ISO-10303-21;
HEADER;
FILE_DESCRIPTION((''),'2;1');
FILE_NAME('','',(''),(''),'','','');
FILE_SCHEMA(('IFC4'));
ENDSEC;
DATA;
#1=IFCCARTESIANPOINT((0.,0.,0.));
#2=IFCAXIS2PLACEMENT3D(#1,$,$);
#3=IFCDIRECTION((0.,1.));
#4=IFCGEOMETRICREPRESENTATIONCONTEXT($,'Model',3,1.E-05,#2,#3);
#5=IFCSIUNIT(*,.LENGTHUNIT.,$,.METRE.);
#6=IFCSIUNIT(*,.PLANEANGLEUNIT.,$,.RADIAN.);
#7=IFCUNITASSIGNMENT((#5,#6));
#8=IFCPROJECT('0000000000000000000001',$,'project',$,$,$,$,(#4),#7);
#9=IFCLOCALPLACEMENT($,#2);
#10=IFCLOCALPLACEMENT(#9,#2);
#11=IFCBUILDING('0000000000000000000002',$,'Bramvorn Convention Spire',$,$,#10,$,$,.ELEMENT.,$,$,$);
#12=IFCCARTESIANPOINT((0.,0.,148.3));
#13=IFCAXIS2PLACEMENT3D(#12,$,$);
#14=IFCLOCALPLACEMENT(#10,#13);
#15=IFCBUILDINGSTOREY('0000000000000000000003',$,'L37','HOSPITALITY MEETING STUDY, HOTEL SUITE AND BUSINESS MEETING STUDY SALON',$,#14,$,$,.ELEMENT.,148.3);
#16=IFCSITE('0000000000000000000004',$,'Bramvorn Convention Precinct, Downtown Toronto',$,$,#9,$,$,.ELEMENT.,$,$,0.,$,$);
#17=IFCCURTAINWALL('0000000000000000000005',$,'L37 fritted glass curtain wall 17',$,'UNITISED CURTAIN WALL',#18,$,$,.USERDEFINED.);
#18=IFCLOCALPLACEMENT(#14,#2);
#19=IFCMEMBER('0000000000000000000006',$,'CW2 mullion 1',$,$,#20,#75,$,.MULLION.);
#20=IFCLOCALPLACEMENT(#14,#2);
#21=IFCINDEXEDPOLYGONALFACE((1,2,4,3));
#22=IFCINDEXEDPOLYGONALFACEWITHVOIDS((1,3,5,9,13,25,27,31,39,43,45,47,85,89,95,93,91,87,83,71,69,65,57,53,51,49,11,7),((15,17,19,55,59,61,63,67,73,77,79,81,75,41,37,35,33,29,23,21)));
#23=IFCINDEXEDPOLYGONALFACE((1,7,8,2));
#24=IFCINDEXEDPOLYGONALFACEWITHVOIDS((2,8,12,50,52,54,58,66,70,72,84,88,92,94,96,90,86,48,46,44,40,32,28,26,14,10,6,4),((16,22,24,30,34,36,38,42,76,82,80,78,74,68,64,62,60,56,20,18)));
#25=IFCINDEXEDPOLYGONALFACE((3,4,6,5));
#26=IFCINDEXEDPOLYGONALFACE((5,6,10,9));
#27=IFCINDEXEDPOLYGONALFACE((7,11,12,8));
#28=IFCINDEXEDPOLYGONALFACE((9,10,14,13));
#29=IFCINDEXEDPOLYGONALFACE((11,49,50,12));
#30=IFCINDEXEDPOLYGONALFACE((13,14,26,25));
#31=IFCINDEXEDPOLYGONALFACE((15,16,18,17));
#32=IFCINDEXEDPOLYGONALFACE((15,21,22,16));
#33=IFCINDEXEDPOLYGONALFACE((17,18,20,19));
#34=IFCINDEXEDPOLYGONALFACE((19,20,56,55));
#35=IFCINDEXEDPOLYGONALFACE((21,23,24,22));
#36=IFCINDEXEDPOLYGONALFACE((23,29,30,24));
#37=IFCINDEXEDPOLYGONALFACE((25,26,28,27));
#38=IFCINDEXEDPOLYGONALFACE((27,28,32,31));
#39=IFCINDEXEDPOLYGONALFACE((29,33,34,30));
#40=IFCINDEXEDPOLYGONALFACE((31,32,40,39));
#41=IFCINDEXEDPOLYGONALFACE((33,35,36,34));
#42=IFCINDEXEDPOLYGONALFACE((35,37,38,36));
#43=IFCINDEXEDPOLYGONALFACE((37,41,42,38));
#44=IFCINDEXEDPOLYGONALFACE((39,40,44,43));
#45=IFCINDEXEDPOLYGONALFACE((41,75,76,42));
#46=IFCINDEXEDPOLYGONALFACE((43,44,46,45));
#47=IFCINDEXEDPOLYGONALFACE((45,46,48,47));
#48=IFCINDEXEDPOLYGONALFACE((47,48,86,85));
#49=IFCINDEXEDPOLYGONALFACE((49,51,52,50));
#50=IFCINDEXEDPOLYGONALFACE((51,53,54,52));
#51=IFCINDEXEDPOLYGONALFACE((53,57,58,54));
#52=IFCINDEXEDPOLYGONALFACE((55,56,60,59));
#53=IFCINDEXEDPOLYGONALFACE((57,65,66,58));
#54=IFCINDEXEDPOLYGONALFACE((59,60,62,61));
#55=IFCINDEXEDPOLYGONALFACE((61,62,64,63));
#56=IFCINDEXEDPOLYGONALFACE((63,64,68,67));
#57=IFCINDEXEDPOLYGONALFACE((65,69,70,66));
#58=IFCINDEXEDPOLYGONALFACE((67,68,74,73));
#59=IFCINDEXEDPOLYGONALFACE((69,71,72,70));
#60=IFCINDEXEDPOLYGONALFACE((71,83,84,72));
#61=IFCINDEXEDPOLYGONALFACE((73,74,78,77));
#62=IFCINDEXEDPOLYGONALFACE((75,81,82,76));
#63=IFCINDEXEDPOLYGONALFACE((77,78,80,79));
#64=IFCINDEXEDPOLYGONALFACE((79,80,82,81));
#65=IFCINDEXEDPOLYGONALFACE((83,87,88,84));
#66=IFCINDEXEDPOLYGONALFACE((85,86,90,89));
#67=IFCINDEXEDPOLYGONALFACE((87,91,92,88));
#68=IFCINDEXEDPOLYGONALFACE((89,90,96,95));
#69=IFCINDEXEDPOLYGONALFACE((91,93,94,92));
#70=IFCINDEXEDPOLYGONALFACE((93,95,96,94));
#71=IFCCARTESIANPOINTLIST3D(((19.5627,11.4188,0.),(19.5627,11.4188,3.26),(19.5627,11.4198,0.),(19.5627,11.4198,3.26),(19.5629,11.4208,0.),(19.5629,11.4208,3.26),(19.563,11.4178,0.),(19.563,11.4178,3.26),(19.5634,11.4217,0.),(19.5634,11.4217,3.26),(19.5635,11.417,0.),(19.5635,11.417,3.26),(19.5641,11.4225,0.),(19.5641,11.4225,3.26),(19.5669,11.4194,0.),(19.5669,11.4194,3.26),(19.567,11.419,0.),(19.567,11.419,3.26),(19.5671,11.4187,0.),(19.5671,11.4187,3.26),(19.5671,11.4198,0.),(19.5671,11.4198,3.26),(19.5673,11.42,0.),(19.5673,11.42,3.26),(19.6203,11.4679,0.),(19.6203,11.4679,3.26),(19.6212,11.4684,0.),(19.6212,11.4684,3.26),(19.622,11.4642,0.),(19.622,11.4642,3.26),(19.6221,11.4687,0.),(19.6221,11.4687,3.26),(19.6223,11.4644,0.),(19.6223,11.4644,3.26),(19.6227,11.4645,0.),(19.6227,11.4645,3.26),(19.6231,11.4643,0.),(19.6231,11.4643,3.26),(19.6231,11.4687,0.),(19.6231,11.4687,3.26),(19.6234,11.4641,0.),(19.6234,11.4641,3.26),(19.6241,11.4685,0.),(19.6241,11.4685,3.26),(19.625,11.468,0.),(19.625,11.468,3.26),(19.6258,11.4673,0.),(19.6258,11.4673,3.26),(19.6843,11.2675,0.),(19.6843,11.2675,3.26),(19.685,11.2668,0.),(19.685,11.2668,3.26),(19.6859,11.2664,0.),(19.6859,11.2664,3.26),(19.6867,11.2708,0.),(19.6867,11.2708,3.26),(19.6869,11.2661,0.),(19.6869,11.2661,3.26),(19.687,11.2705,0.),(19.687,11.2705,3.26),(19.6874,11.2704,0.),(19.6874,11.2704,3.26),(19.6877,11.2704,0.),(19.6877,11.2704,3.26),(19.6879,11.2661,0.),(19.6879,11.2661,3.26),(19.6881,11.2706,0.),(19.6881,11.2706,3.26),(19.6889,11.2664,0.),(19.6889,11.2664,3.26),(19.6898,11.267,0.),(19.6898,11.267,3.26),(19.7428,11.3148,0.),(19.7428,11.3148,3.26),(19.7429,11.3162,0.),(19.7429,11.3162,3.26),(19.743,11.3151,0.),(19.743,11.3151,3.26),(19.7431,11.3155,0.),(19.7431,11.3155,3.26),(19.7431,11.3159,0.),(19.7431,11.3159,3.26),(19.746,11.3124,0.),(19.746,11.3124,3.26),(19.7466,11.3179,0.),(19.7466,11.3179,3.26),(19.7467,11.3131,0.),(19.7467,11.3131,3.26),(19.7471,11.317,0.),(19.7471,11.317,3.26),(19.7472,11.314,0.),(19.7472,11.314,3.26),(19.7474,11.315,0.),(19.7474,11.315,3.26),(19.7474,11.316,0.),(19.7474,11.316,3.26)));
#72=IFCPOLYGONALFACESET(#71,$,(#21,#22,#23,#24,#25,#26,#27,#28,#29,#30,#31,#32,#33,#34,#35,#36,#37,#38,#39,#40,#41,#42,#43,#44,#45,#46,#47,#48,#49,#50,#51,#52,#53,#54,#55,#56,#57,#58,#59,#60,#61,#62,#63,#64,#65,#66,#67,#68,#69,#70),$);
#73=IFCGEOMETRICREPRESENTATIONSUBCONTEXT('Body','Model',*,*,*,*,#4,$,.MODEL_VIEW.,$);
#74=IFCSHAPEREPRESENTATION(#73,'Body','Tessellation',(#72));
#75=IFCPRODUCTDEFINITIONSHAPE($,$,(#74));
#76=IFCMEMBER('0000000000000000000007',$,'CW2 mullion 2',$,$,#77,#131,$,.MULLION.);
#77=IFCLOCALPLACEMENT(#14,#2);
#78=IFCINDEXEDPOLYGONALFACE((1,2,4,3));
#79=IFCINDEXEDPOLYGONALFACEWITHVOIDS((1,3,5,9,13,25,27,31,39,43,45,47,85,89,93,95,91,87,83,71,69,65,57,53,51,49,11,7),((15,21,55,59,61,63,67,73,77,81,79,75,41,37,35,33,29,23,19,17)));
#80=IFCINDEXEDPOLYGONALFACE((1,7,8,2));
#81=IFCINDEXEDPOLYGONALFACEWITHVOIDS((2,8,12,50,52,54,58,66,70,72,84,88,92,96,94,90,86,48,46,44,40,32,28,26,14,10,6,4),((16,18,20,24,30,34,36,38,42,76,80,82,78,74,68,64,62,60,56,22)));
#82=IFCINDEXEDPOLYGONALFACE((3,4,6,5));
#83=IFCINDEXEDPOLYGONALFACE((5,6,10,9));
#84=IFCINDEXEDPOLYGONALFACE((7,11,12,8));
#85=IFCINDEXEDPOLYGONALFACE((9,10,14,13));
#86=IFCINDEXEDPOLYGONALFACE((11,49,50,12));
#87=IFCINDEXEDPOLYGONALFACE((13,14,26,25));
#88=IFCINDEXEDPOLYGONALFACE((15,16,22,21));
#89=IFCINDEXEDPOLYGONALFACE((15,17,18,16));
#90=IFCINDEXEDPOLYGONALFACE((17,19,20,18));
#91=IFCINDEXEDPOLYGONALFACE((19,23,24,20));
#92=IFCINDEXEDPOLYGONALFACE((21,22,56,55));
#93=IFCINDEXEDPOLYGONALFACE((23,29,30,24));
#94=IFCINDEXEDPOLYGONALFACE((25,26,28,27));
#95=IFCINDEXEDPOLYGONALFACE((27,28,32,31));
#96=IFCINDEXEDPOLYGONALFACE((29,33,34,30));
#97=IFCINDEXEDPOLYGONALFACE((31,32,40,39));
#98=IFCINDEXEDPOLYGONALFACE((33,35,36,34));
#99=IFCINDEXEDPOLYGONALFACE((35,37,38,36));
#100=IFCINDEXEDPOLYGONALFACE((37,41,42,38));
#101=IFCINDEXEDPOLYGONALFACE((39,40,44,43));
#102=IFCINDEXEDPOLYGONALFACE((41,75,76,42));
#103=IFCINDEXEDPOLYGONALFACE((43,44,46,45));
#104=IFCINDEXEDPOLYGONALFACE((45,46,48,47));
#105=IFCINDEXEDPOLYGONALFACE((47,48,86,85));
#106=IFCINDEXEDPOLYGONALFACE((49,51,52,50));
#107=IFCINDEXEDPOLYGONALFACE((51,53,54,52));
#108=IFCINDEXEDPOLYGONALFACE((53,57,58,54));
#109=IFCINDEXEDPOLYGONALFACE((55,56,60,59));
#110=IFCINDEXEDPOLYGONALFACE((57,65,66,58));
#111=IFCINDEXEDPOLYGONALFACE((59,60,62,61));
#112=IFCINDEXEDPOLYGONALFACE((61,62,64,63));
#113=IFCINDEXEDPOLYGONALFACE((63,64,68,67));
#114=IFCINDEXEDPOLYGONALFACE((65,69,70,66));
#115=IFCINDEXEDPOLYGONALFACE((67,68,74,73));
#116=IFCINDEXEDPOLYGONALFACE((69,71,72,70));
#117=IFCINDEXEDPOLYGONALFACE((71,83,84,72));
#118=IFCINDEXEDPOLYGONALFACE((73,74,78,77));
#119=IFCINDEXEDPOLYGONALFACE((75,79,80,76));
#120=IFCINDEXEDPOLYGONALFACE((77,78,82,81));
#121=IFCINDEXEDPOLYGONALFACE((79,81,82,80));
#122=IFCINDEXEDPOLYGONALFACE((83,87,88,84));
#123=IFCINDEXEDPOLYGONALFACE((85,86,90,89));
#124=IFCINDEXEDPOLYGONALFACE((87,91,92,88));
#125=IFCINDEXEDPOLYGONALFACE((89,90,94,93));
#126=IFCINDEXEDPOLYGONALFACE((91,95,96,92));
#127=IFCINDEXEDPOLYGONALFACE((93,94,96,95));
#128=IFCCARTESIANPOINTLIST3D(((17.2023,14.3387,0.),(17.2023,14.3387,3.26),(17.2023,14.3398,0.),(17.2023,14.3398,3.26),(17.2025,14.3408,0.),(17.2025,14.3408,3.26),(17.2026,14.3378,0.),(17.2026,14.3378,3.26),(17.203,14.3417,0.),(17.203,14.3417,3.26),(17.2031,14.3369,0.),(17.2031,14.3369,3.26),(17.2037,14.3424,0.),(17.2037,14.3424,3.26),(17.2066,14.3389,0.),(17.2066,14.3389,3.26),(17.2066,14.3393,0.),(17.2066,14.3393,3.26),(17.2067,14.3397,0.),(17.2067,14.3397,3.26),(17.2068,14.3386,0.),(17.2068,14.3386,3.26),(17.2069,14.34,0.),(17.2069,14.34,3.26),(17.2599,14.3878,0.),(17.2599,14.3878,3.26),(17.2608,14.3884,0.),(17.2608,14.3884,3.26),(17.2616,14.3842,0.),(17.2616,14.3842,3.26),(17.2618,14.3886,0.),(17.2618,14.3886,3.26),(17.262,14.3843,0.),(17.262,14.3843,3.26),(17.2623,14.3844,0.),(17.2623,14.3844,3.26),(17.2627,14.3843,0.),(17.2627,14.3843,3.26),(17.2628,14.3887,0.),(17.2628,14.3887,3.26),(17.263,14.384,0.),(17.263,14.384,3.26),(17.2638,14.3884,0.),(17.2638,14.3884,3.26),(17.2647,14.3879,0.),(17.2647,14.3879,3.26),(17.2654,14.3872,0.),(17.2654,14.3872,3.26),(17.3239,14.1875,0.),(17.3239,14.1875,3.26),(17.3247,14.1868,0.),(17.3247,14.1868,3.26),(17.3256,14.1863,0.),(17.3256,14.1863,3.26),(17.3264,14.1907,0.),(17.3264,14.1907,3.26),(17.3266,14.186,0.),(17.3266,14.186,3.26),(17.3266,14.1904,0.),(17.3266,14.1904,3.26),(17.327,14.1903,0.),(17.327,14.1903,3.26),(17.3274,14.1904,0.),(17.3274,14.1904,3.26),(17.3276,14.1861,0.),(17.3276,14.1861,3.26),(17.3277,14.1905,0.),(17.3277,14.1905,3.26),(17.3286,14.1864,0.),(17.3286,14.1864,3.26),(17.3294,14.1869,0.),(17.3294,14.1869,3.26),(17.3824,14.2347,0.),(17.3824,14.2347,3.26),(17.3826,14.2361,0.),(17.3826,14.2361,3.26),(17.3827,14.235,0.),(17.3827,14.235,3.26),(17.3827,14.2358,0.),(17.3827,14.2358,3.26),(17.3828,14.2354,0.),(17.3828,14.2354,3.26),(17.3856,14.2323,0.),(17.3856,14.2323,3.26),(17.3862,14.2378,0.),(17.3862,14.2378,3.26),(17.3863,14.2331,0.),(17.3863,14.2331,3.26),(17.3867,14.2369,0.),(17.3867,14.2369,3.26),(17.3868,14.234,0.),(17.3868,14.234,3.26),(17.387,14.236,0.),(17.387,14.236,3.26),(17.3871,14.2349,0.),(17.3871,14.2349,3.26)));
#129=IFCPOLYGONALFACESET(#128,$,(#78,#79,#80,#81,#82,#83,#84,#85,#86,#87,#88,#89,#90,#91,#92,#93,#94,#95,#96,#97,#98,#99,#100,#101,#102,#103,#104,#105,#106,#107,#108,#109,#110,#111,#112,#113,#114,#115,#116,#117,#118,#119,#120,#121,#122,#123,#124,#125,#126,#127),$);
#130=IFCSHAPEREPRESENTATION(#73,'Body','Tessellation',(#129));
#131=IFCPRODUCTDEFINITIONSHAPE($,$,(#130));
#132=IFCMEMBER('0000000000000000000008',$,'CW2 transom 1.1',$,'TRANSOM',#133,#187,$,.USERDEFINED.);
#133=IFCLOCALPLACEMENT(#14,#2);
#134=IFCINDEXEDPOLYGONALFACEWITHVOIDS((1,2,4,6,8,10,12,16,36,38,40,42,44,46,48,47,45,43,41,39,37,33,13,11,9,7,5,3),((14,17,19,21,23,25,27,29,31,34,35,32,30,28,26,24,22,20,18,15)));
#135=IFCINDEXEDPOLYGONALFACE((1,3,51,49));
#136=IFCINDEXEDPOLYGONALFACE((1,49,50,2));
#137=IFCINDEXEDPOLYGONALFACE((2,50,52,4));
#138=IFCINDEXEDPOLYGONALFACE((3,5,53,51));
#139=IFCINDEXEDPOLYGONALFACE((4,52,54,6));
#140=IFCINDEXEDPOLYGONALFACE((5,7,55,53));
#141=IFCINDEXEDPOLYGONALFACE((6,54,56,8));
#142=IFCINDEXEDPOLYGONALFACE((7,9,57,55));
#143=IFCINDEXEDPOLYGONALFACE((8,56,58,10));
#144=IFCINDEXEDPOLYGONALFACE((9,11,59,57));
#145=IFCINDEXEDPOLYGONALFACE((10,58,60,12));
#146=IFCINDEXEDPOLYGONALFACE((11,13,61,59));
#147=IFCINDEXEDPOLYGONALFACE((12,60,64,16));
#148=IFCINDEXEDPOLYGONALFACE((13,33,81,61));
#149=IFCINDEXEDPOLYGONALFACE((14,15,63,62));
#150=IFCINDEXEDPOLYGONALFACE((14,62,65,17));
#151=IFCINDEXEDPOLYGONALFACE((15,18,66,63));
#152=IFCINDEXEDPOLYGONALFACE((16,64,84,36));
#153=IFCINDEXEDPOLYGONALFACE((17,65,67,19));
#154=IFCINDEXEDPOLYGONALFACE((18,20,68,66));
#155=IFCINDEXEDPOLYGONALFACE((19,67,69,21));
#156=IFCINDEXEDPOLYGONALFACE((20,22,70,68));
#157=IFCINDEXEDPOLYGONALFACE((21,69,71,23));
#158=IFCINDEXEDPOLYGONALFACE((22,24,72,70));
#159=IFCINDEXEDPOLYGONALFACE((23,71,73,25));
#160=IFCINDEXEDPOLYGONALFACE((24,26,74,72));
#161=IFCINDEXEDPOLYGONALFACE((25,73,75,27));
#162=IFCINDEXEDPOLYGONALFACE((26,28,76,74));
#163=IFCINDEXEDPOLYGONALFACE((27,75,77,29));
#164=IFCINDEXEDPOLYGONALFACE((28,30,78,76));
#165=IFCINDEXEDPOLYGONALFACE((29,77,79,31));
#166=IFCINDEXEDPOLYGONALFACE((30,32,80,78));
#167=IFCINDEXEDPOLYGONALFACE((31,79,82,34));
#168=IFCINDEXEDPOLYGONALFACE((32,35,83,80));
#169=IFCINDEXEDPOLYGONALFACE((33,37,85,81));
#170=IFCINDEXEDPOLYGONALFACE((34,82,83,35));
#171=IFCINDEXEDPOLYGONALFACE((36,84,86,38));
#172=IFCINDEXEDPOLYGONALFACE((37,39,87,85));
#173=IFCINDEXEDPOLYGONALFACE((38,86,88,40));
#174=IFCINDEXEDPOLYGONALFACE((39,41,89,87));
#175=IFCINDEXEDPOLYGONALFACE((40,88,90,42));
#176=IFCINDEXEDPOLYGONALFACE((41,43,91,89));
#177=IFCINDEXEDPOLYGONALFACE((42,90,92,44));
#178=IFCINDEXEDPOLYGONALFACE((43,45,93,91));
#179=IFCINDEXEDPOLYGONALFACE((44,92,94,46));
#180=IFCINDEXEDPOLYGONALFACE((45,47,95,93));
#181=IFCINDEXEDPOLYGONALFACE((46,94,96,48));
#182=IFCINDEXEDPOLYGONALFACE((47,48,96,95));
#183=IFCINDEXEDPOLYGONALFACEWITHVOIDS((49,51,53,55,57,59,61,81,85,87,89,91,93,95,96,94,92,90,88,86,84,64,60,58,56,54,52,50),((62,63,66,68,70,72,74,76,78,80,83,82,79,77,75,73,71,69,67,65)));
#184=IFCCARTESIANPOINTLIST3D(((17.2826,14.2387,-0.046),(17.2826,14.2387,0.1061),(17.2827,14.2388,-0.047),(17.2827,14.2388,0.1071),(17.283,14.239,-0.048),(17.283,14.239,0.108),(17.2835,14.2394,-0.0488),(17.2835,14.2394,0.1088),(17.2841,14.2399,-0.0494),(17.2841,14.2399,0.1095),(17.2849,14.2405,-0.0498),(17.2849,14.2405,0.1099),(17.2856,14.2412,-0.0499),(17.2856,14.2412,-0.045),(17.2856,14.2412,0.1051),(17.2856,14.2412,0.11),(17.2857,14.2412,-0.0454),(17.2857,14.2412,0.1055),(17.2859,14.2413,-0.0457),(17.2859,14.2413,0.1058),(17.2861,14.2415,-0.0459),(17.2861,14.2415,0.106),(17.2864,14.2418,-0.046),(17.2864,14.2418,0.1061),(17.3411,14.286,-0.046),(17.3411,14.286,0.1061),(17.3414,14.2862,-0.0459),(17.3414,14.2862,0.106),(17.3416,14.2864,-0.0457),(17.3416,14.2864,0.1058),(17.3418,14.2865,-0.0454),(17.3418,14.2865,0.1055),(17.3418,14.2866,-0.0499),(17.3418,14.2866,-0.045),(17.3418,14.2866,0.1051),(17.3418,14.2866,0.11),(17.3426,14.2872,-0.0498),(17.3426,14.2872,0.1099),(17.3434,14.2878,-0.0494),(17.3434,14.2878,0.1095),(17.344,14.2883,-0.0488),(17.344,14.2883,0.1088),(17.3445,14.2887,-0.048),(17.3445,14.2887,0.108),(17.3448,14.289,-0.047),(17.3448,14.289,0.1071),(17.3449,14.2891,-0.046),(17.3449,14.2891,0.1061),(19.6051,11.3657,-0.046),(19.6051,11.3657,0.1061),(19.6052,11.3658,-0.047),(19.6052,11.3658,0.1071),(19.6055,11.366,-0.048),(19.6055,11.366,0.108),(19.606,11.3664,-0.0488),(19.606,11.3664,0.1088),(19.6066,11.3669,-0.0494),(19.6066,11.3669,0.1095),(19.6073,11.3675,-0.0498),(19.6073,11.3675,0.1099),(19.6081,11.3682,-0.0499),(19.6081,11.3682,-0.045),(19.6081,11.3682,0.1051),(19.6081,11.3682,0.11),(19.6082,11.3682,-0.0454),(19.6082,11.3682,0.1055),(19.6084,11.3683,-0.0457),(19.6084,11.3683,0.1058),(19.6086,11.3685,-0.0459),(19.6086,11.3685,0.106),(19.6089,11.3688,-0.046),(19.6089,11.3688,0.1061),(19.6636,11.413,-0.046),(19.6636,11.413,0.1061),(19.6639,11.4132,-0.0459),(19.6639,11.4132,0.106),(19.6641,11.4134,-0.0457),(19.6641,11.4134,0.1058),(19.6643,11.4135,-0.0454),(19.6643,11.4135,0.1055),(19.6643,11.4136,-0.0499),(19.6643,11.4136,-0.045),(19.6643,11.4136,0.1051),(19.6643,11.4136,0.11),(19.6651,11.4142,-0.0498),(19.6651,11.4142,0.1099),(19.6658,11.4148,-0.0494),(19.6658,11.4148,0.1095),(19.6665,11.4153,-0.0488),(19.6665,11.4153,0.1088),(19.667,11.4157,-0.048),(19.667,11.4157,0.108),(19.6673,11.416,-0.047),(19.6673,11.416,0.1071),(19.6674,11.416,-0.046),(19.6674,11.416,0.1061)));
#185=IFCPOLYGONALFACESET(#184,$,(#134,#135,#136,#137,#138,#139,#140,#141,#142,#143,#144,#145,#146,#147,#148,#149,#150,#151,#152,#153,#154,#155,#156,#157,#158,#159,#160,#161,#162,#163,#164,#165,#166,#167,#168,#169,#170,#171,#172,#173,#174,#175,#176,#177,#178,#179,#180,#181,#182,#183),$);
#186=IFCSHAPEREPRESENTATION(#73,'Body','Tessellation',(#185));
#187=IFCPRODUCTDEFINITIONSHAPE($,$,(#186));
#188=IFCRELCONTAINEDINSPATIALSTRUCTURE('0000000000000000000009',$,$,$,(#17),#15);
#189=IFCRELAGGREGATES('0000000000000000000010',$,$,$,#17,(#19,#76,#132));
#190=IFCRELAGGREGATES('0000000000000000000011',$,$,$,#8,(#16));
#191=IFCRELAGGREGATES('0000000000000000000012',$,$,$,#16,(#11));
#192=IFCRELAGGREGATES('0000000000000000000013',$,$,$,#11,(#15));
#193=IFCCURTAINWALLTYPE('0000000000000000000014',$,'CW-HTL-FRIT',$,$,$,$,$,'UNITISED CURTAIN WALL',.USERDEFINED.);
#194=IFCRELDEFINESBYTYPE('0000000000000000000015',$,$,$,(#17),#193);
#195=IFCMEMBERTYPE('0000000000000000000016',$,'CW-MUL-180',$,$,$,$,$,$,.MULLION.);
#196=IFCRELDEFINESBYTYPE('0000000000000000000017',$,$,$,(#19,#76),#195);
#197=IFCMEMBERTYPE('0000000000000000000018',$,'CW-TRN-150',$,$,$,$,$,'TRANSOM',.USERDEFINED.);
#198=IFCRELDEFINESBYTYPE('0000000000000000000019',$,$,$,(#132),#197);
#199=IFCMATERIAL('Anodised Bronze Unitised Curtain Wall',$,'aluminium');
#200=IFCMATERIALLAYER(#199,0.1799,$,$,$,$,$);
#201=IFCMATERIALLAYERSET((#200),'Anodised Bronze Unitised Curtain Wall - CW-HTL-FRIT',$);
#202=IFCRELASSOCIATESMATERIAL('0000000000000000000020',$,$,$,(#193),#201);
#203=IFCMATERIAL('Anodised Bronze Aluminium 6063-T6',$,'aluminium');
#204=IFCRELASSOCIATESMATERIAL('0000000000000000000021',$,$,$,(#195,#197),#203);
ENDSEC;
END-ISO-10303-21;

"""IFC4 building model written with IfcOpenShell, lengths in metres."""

from ifc_helpers import new_model, si_unit, direction, frame, origin, origin_2d, place, context, subcontext, project, spatial, hollow_rectangle, extrude, material, layer, layer_set, material_profile, profile_set, type_object, element, aggregate, save


model = new_model("IFC4")

# Units and contexts
model_context = context("Model", 3, precision=1e-05, world=origin(), true_north=direction((0.0, 1.0)))
body_context = subcontext(model_context, "Body", "Model", "MODEL_VIEW")
ifc_project = project(units=[si_unit("LENGTHUNIT", "METRE"), si_unit("PLANEANGLEUNIT", "RADIAN")], contexts=[model_context])

# Site, building, storey
site_placement = place(None, origin())
site = spatial("IfcSite", under=ifc_project, at=site_placement, Name="Bramvorn Convention Precinct, Downtown Toronto", CompositionType="ELEMENT", RefElevation=0.0)
building_placement = place(site_placement, origin())
building = spatial("IfcBuilding", under=site, at=building_placement, Name="Bramvorn Convention Spire", CompositionType="ELEMENT")
storey_placement = place(building_placement, frame((0.0, 0.0, 148.3)))
storey = spatial("IfcBuildingStorey", under=building, at=storey_placement, Name="L37", Description="HOSPITALITY MEETING STUDY, HOTEL SUITE AND BUSINESS MEETING STUDY SALON", CompositionType="ELEMENT", Elevation=148.3)

# Curtain wall, members
ifc_material_1 = material(Name="Anodised Bronze Unitised Curtain Wall", Category="aluminium")
ifc_layer_1 = layer(ifc_material_1, 0.1799)
ifc_layer_set_1 = layer_set([ifc_layer_1], Name="Anodised Bronze Unitised Curtain Wall - CW-HTL-FRIT")
curtain_wall_type = type_object("IfcCurtainWallType", Name="CW-HTL-FRIT", ElementType="UNITISED CURTAIN WALL", PredefinedType="USERDEFINED", material=ifc_layer_set_1)
curtain_wall_placement = place(storey_placement, origin())
curtain_wall = element("IfcCurtainWall", 1, at=curtain_wall_placement, inside=storey, type_object=curtain_wall_type, Name="L37 fritted glass curtain wall 17", ObjectType="UNITISED CURTAIN WALL", PredefinedType="USERDEFINED")
ifc_material_2 = material(Name="Anodised Bronze Aluminium 6063-T6", Category="aluminium")
ifc_material_profile_1 = material_profile(ifc_material_2, hollow_rectangle(XDim=0.0801, YDim=0.2, WallThickness=0.0039, InnerFilletRadius=0.001, OuterFilletRadius=0.0039, at=origin_2d()))
ifc_profile_set_1 = profile_set([ifc_material_profile_1], Name="Anodised Bronze Aluminium 6063-T6 - CWM80X200")
member_type_1 = type_object("IfcMemberType", Name="CW-MUL-180", PredefinedType="MULLION", material=ifc_profile_set_1)
member_1_placement = place(storey_placement, frame((19.655, 11.3674, 0.0), z_axis=(0.0, 0.0, 1.0), x_axis=(-0.777694, -0.628642, 0.0)))
member_1 = element("IfcMember", 2, at=member_1_placement, type_object=member_type_1, Name="CW2 mullion 1", PredefinedType="MULLION", context=body_context, shape_type="SweptSolid", body=[
    extrude(hollow_rectangle(XDim=0.0801, YDim=0.2, WallThickness=0.0039, InnerFilletRadius=0.001, OuterFilletRadius=0.0039, at=origin_2d()), origin(), (0.0, 0.0, 1.0), 3.26),
])
member_2_placement = place(storey_placement, frame((17.2947, 14.2874, 0.0), z_axis=(0.0, 0.0, 1.0), x_axis=(-0.777694, -0.628642, 0.0)))
member_2 = element("IfcMember", 3, at=member_2_placement, type_object=member_type_1, Name="CW2 mullion 2", PredefinedType="MULLION", context=body_context, shape_type="SweptSolid", body=[
    extrude(hollow_rectangle(XDim=0.0801, YDim=0.2, WallThickness=0.0039, InnerFilletRadius=0.001, OuterFilletRadius=0.0039, at=origin_2d()), origin(), (0.0, 0.0, 1.0), 3.26),
])
ifc_material_profile_2 = material_profile(ifc_material_2, hollow_rectangle(XDim=0.0801, YDim=0.1599, WallThickness=0.0039, InnerFilletRadius=0.001, OuterFilletRadius=0.0039, at=origin_2d()))
ifc_profile_set_2 = profile_set([ifc_material_profile_2], Name="Anodised Bronze Aluminium 6063-T6 - CWT80X160")
member_type_2 = type_object("IfcMemberType", Name="CW-TRN-150", ElementType="TRANSOM", PredefinedType="USERDEFINED", material=ifc_profile_set_2)
member_3_placement = place(storey_placement, frame((19.6362, 11.3909, 0.03), z_axis=(-0.62866, 0.77768, 0.0), x_axis=(-0.77768, -0.62866, 0.0)))
member_3 = element("IfcMember", 4, at=member_3_placement, type_object=member_type_2, Name="CW2 transom 1.1", ObjectType="TRANSOM", PredefinedType="USERDEFINED", context=body_context, shape_type="SweptSolid", body=[
    extrude(hollow_rectangle(XDim=0.0801, YDim=0.1599, WallThickness=0.0039, InnerFilletRadius=0.001, OuterFilletRadius=0.0039, at=origin_2d()), origin(), (0.0, 0.0, 1.0), 3.6943),
])
aggregate(curtain_wall, [member_1, member_2, member_3])

save(model, "model.ifc")
